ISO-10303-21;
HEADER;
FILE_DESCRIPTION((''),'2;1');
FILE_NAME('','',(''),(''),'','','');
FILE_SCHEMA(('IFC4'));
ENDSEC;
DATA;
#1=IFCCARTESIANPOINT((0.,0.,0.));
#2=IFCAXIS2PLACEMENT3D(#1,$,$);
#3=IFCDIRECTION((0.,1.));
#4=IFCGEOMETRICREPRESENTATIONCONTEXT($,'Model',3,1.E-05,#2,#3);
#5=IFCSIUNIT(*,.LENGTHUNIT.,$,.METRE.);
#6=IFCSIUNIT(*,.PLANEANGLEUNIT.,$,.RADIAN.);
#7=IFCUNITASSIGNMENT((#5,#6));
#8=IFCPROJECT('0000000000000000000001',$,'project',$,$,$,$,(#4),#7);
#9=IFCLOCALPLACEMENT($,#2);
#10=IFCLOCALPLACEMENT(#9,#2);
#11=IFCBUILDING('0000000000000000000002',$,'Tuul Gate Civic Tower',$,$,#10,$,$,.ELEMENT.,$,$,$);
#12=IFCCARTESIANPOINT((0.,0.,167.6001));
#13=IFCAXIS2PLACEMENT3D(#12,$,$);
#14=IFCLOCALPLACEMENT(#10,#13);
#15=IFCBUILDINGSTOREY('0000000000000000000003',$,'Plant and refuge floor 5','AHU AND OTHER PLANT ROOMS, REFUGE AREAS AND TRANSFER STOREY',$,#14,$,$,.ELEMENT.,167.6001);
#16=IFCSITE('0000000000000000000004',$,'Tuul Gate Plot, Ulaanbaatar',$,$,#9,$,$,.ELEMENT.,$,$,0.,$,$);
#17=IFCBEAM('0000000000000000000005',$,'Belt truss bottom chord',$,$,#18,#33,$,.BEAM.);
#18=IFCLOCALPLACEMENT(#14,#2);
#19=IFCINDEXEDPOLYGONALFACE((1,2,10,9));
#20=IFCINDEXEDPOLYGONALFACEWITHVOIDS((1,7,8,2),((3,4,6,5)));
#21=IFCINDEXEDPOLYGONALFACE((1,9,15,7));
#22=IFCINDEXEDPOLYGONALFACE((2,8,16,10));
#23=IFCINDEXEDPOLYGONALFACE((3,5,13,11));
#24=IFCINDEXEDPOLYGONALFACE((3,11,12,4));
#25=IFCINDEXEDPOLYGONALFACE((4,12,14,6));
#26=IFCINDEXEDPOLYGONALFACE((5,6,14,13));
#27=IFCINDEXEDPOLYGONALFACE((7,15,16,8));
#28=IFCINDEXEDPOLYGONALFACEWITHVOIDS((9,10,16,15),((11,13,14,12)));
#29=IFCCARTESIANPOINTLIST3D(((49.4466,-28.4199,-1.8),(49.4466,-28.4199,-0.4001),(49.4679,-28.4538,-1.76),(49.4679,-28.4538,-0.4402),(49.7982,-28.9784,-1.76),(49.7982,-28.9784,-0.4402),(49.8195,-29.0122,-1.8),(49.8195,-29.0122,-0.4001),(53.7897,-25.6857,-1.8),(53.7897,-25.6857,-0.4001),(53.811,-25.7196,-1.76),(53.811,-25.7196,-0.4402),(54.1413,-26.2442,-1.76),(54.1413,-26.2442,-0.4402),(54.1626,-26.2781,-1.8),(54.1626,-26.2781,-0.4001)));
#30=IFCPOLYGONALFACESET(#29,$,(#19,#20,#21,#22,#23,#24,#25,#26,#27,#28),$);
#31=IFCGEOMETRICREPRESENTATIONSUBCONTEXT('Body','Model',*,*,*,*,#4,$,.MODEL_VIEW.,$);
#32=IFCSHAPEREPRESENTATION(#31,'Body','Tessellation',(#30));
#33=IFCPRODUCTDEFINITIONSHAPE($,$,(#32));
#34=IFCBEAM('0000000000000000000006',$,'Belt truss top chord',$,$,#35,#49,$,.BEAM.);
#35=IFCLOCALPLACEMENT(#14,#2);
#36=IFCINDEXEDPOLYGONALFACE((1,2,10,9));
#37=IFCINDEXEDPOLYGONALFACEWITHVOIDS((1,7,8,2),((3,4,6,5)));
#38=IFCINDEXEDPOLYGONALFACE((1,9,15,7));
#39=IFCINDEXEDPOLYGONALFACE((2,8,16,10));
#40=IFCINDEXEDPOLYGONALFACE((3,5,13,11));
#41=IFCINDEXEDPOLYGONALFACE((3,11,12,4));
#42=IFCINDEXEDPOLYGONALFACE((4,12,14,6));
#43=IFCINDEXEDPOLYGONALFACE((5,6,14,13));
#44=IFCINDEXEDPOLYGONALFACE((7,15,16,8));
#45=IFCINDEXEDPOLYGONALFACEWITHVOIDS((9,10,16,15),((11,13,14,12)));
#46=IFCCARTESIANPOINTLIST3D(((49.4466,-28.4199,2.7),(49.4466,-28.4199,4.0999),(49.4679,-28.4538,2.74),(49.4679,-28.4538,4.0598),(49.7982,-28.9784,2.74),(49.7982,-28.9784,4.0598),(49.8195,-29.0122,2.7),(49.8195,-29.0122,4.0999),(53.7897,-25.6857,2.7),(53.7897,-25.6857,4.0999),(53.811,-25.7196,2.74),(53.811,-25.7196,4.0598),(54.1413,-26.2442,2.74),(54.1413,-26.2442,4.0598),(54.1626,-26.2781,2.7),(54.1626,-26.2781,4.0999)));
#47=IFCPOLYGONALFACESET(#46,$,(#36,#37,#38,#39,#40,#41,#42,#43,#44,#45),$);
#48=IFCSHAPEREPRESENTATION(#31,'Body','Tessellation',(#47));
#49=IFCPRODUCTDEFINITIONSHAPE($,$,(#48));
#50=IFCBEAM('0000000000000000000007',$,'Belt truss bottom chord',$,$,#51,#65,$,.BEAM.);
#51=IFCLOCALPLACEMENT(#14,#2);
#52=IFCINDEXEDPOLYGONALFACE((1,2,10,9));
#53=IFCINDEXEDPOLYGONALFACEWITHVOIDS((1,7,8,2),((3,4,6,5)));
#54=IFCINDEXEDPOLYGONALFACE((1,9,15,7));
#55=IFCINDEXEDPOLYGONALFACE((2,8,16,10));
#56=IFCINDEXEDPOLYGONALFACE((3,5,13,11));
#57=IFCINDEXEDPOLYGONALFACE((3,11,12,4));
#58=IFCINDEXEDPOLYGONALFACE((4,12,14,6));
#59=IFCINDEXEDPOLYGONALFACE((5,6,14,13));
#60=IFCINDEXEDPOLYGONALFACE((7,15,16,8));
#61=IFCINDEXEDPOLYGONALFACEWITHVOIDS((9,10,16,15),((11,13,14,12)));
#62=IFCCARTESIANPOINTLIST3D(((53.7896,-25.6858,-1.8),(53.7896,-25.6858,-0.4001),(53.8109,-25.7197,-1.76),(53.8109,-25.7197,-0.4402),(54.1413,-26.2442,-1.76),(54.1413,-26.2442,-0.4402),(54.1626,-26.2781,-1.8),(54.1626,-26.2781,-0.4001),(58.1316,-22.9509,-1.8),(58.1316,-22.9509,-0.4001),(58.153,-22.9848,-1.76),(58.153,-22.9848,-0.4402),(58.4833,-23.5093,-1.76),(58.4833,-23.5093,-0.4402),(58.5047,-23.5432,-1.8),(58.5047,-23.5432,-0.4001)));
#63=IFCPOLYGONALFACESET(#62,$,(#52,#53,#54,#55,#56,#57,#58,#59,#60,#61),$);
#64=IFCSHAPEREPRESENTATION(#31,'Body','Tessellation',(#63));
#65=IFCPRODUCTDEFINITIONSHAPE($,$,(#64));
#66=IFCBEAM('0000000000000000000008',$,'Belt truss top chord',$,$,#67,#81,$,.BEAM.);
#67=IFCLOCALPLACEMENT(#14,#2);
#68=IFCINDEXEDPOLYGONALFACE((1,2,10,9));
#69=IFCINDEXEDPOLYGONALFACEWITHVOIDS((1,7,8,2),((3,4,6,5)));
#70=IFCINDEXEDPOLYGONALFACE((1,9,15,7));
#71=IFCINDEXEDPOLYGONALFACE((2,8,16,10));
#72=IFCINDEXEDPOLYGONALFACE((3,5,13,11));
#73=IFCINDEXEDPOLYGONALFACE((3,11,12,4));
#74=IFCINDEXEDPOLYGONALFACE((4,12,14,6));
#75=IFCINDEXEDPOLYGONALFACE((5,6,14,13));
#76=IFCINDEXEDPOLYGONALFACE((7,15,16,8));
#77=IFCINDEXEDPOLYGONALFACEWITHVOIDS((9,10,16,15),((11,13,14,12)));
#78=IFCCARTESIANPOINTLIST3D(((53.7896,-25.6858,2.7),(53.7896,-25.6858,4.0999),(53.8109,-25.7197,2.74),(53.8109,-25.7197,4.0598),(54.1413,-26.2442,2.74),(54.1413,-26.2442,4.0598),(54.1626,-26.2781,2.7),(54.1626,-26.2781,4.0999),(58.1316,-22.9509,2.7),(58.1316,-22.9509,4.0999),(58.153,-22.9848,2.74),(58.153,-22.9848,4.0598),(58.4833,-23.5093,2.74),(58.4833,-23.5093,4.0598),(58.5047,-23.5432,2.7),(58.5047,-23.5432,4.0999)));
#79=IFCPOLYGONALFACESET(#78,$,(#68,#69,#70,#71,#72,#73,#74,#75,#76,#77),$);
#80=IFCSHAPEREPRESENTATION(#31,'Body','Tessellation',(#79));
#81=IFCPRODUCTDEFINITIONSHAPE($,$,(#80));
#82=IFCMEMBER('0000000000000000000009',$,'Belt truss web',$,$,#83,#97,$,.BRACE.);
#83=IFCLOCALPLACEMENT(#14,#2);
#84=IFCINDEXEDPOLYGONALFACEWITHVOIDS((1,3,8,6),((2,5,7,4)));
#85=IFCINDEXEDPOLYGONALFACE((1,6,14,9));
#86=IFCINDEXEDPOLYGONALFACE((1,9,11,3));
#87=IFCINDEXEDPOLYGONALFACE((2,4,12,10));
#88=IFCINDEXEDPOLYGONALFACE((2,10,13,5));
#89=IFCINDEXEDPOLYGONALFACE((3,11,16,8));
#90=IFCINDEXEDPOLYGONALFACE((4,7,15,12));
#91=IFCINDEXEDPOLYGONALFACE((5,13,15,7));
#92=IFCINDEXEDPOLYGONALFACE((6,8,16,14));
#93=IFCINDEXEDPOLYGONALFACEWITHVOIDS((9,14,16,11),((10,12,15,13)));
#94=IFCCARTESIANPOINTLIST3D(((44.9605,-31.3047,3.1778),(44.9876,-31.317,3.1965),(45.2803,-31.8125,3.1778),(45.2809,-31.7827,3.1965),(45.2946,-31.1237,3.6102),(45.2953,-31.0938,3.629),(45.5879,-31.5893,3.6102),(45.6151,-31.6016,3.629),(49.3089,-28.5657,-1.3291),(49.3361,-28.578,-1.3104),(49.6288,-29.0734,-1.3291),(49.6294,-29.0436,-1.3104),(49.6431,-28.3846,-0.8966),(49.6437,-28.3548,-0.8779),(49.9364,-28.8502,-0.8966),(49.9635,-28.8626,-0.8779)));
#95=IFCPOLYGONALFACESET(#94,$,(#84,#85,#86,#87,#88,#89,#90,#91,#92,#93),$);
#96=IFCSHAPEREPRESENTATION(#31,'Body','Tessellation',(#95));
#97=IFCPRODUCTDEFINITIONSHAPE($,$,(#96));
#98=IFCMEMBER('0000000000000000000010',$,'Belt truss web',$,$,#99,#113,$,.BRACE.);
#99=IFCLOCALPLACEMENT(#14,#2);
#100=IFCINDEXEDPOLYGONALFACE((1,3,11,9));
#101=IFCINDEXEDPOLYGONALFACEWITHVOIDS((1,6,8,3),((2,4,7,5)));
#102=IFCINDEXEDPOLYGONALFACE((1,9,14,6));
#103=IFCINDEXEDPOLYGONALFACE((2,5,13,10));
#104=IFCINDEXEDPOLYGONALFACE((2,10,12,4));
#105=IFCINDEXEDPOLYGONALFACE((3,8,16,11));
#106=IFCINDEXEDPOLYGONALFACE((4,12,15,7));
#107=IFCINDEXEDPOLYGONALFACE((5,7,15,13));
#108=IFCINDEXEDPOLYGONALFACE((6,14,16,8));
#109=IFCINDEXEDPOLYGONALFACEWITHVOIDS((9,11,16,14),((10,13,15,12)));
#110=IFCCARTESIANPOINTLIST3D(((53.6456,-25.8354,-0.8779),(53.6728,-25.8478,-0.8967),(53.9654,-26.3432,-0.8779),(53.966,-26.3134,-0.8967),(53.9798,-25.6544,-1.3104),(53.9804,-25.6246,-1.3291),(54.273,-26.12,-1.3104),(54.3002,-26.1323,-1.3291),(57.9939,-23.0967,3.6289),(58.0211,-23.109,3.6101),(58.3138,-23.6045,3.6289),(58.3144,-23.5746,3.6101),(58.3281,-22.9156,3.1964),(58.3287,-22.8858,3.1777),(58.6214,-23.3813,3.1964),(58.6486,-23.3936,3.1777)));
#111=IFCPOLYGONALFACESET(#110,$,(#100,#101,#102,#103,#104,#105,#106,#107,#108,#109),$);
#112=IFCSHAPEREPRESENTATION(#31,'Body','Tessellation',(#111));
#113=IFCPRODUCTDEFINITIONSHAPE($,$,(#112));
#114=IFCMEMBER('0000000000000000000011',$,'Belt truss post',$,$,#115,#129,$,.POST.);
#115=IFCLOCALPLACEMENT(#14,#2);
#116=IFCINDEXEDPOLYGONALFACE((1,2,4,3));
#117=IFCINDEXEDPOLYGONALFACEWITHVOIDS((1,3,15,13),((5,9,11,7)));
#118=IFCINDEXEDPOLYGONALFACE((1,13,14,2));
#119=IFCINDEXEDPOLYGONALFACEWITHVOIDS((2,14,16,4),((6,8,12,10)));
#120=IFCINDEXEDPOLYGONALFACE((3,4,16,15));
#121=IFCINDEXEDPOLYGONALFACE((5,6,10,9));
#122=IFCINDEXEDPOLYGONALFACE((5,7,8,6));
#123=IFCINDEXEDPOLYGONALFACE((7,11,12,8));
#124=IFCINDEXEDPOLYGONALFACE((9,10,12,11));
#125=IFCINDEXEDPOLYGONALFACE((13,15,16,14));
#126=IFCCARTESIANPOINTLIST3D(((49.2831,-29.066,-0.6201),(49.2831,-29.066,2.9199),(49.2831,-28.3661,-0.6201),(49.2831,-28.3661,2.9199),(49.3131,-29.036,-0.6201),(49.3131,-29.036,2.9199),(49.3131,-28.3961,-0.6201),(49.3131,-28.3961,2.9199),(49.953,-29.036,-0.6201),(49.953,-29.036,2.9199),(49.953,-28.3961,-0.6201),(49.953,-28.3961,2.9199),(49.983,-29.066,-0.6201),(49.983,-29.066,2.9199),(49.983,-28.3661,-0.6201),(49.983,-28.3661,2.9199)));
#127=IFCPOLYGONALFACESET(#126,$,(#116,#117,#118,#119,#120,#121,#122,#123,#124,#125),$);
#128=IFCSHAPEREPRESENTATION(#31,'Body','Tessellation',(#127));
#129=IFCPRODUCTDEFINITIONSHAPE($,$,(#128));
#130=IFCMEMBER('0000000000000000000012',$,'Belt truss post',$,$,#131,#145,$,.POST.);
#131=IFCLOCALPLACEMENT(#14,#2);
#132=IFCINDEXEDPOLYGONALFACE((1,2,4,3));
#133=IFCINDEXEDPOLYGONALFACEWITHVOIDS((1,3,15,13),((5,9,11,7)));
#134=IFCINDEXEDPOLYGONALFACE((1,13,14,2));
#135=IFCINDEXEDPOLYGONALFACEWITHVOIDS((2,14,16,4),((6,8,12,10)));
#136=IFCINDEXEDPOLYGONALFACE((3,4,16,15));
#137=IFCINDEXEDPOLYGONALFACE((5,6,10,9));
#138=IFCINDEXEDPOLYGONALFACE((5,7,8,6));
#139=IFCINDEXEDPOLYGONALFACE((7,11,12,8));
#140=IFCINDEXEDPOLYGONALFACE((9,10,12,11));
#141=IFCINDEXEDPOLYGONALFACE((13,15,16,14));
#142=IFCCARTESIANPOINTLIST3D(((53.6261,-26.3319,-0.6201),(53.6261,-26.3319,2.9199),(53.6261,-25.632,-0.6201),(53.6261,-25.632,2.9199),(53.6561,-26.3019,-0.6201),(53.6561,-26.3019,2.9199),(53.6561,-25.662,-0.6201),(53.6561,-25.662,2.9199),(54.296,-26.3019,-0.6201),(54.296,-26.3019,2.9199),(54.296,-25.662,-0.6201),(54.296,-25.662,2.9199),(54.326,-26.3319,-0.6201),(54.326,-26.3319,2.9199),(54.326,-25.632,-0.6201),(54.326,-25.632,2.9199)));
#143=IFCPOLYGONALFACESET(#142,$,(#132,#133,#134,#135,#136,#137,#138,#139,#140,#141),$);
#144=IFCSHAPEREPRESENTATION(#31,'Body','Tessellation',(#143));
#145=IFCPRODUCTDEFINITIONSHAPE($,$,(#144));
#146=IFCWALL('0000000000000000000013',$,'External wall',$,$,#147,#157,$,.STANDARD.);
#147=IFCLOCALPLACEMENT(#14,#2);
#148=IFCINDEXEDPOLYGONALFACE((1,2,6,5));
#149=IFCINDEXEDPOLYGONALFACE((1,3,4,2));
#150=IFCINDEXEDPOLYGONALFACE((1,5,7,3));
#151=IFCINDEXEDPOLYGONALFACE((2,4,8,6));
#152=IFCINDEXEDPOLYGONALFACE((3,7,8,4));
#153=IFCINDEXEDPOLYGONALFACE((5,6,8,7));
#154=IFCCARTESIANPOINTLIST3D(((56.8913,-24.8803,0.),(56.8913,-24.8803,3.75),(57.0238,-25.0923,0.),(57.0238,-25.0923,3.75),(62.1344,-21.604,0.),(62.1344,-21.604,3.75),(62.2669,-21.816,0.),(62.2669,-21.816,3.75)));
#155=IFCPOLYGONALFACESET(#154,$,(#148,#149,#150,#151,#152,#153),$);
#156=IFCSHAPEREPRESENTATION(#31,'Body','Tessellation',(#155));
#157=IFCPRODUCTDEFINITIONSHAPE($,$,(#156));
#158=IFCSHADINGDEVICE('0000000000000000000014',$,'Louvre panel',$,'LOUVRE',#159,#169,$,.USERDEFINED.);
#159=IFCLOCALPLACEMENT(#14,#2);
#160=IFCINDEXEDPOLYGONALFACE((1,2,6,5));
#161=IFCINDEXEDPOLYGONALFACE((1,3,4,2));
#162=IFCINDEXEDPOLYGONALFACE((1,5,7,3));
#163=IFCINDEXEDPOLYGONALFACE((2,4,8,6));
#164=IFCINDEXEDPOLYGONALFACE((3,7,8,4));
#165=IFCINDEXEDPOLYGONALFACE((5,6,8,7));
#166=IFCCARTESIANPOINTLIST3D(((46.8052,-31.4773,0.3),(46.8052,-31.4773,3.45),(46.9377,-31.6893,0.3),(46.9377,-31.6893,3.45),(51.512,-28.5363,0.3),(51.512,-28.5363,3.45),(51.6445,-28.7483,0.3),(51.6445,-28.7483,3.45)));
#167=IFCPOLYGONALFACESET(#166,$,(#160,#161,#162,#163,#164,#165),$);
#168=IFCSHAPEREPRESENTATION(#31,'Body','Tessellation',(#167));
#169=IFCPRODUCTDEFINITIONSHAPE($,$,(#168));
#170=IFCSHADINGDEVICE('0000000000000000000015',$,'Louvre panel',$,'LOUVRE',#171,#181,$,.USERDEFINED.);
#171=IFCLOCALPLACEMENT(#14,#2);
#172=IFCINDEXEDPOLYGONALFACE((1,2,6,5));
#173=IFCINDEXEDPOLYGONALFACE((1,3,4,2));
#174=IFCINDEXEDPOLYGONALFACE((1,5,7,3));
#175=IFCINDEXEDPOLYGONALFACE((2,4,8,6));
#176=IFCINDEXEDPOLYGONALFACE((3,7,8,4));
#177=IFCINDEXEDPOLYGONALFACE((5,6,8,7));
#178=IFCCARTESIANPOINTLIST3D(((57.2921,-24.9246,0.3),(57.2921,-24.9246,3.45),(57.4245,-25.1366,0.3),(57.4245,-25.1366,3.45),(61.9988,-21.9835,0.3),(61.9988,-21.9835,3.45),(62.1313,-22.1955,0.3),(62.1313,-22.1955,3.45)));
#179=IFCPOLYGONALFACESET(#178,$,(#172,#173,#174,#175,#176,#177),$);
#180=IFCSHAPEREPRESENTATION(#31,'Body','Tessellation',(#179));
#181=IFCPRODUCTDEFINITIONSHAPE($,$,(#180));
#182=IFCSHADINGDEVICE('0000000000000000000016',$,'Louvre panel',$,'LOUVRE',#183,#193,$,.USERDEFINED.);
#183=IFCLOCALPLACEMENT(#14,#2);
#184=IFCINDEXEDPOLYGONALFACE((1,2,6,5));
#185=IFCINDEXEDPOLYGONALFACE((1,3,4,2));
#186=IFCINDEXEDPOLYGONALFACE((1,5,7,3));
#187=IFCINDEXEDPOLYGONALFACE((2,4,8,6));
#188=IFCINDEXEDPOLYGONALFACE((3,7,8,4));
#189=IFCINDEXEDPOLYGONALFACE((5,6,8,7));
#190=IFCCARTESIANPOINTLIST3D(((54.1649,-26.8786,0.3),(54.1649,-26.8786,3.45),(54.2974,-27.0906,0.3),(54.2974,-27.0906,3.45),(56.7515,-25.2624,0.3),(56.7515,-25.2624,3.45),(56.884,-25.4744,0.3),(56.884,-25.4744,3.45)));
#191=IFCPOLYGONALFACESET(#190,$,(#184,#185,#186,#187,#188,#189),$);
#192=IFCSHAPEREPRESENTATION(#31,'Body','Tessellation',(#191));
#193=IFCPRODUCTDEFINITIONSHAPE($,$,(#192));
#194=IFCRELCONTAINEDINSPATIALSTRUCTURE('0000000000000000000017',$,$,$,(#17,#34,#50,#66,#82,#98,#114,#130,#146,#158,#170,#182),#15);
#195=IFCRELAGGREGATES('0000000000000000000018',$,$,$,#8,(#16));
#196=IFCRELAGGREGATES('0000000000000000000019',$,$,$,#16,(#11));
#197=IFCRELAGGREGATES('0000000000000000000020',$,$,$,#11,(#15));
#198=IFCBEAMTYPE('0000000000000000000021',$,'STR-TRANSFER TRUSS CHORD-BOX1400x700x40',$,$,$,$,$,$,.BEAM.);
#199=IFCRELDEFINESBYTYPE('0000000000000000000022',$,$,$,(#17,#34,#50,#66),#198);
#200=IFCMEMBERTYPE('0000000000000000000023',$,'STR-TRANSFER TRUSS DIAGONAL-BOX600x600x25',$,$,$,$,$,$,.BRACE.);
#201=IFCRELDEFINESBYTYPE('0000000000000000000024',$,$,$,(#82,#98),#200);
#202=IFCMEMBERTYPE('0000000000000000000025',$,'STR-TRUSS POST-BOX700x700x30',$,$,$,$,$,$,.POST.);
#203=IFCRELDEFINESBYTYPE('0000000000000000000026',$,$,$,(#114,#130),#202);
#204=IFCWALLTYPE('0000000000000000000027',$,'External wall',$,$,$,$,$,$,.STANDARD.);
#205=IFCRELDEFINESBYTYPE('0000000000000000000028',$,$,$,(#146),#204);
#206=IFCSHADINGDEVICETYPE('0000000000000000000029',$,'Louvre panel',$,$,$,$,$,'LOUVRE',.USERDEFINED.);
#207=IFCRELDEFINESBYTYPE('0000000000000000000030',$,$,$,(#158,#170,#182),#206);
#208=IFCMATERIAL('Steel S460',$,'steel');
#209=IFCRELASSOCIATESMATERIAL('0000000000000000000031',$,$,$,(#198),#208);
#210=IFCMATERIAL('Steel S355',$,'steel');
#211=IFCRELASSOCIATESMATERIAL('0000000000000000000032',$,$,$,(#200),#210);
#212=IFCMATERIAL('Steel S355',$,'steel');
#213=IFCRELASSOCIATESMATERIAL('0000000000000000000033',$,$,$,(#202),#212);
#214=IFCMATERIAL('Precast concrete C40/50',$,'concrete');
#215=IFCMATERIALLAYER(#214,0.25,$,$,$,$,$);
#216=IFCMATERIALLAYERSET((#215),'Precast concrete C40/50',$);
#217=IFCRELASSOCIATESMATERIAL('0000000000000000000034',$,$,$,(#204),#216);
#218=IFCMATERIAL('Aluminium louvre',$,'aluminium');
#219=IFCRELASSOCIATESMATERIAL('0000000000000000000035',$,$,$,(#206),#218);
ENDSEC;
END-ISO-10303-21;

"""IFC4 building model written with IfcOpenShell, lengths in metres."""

from ifc_helpers import new_model, si_unit, direction, frame, frame_2d, origin, origin_2d, place, context, subcontext, project, spatial, rectangle, hollow_rectangle, extrude, material, layer, layer_set, material_profile, profile_set, type_object, element, save


model = new_model("IFC4")

# Units and contexts
model_context = context("Model", 3, precision=1e-05, world=origin(), true_north=direction((0.0, 1.0)))
body_context = subcontext(model_context, "Body", "Model", "MODEL_VIEW")
ifc_project = project(units=[si_unit("LENGTHUNIT", "METRE"), si_unit("PLANEANGLEUNIT", "RADIAN")], contexts=[model_context])

# Site, building, storey
site_placement = place(None, origin())
site = spatial("IfcSite", under=ifc_project, at=site_placement, Name="Tuul Gate Plot, Ulaanbaatar", CompositionType="ELEMENT", RefElevation=0.0)
building_placement = place(site_placement, origin())
building = spatial("IfcBuilding", under=site, at=building_placement, Name="Tuul Gate Civic Tower", CompositionType="ELEMENT")
storey_placement = place(building_placement, frame((0.0, 0.0, 167.6001)))
storey = spatial("IfcBuildingStorey", under=building, at=storey_placement, Name="Plant and refuge floor 5", Description="AHU AND OTHER PLANT ROOMS, REFUGE AREAS AND TRANSFER STOREY", CompositionType="ELEMENT", Elevation=167.6001)

# Beams
ifc_material_1 = material(Name="Steel S460", Category="steel")
ifc_material_profile_1 = material_profile(ifc_material_1, hollow_rectangle(XDim=0.7, YDim=1.3999, WallThickness=0.04, at=origin_2d()), Name="BOX1400x700x40")
ifc_profile_set_1 = profile_set([ifc_material_profile_1], Name="Steel S460")
beam_type_1 = type_object("IfcBeamType", Name="STR-TRANSFER TRUSS CHORD-BOX1400x700x40", PredefinedType="BEAM", material=ifc_profile_set_1)
for number, where, z_axis, x_axis, name in (
    (1, (49.6331, -28.7161, -1.1001), (0.846265, 0.532763, 0.0), (-0.532763, 0.846265, 0.0), "Belt truss bottom chord"),
    (2, (49.6331, -28.7161, 3.3999), (0.846265, 0.532763, 0.0), (-0.532763, 0.846265, 0.0), "Belt truss top chord"),
):
    element("IfcBeam", number, at=place(storey_placement, frame(where, z_axis=z_axis, x_axis=x_axis)), inside=storey, type_object=beam_type_1, Name=name, PredefinedType="BEAM", context=body_context, shape_type="SweptSolid", body=[
        extrude(hollow_rectangle(XDim=0.7, YDim=1.3999, WallThickness=0.04, at=origin_2d()), origin(), (0.0, 0.0, 1.0), 5.1321),
    ])
for number, where, z_axis, x_axis, name in (
    (3, (53.9761, -25.9819, -1.1001), (0.846146, 0.532951, 0.0), (-0.532951, 0.846146, 0.0), "Belt truss bottom chord"),
    (4, (53.9761, -25.9819, 3.3999), (0.846146, 0.532951, 0.0), (-0.532951, 0.846146, 0.0), "Belt truss top chord"),
):
    element("IfcBeam", number, at=place(storey_placement, frame(where, z_axis=z_axis, x_axis=x_axis)), inside=storey, type_object=beam_type_1, Name=name, PredefinedType="BEAM", context=body_context, shape_type="SweptSolid", body=[
        extrude(hollow_rectangle(XDim=0.7, YDim=1.3999, WallThickness=0.04, at=origin_2d()), origin(), (0.0, 0.0, 1.0), 5.1316),
    ])

# Members
ifc_material_2 = material(Name="Steel S355", Category="steel")
ifc_material_profile_2 = material_profile(ifc_material_2, hollow_rectangle(XDim=0.6001, YDim=0.6001, WallThickness=0.0249, at=origin_2d()), Name="BOX600x600x25")
ifc_profile_set_2 = profile_set([ifc_material_profile_2], Name="Steel S355")
member_type_1 = type_object("IfcMemberType", Name="STR-TRANSFER TRUSS DIAGONAL-BOX600x600x25", PredefinedType="BRACE", material=ifc_profile_set_2)
member_1_placement = place(storey_placement, frame((49.6362, -28.7141, -1.1035), z_axis=(-0.63616, -0.400712, 0.659341), x_axis=(0.532972, -0.846133, 0.0)))
element("IfcMember", 5, at=member_1_placement, inside=storey, type_object=member_type_1, Name="Belt truss web", PredefinedType="BRACE", context=body_context, shape_type="SweptSolid", body=[
    extrude(hollow_rectangle(XDim=0.6001, YDim=0.6001, WallThickness=0.0249, at=origin_2d()), origin(), (0.0, 0.0, 1.0), 6.8354),
])
member_2_placement = place(storey_placement, frame((53.9729, -25.9839, -1.1035), z_axis=(0.636169, 0.400682, 0.65935), x_axis=(-0.532938, 0.846154, 0.0)))
element("IfcMember", 6, at=member_2_placement, inside=storey, type_object=member_type_1, Name="Belt truss web", PredefinedType="BRACE", context=body_context, shape_type="SweptSolid", body=[
    extrude(hollow_rectangle(XDim=0.6001, YDim=0.6001, WallThickness=0.0249, at=origin_2d()), origin(), (0.0, 0.0, 1.0), 6.8352),
])
ifc_material_3 = material(Name="Steel S355", Category="steel")
ifc_material_profile_3 = material_profile(ifc_material_3, hollow_rectangle(XDim=0.7, YDim=0.7, WallThickness=0.03, at=origin_2d()), Name="BOX700x700x30")
ifc_profile_set_3 = profile_set([ifc_material_profile_3], Name="Steel S355")
member_type_2 = type_object("IfcMemberType", Name="STR-TRUSS POST-BOX700x700x30", PredefinedType="POST", material=ifc_profile_set_3)
for number, where, z_axis, x_axis, name in (
    (7, (49.6331, -28.7161, -0.6201), (0.0, 0.0, 1.0), (1.0, 0.0, 0.0), "Belt truss post"),
    (8, (53.9761, -25.9819, -0.6201), (0.0, 0.0, 1.0), (1.0, 0.0, 0.0), "Belt truss post"),
):
    element("IfcMember", number, at=place(storey_placement, frame(where, z_axis=z_axis, x_axis=x_axis)), inside=storey, type_object=member_type_2, Name=name, PredefinedType="POST", context=body_context, shape_type="SweptSolid", body=[
        extrude(hollow_rectangle(XDim=0.7, YDim=0.7, WallThickness=0.03, at=origin_2d()), origin(), (0.0, 0.0, 1.0), 3.54),
    ])

# Shared definitions
ifc_material_4 = material(Name="Precast concrete C40/50", Category="concrete")
ifc_layer = layer(ifc_material_4, 0.25)
ifc_layer_set = layer_set([ifc_layer], Name="Precast concrete C40/50")
wall_type = type_object("IfcWallType", Name="External wall", PredefinedType="STANDARD", material=ifc_layer_set)

# Wall
wall_1_placement = place(storey_placement, frame((56.9575, -24.9863, 0.0), z_axis=(0.0, 0.0, 1.0), x_axis=(0.848043, 0.529928, 0.0)))
element("IfcWall", 9, at=wall_1_placement, inside=storey, type_object=wall_type, Name="External wall", PredefinedType="STANDARD", context=body_context, shape_type="SweptSolid", body=[
    extrude(rectangle(XDim=6.1826, YDim=0.25, at=frame_2d((3.0913, 0.0))), origin(), (0.0, 0.0, 1.0), 3.75),
])

# Shading devices
ifc_material_5 = material(Name="Aluminium louvre", Category="aluminium")
shading_device_type = type_object("IfcShadingDeviceType", Name="Louvre panel", ElementType="LOUVRE", PredefinedType="USERDEFINED", material=ifc_material_5)
for number, where, z_axis, x_axis, name in (
    (10, (49.2249, -30.1128, 0.3), (0.0, 0.0, 1.0), (0.529912, -0.848053, 0.0), "Louvre panel"),
    (11, (59.7117, -23.5601, 0.3), (0.0, 0.0, 1.0), (0.529912, -0.848053, 0.0), "Louvre panel"),
):
    element("IfcShadingDevice", number, at=place(storey_placement, frame(where, z_axis=z_axis, x_axis=x_axis)), inside=storey, type_object=shading_device_type, Name=name, ObjectType="LOUVRE", PredefinedType="USERDEFINED", context=body_context, shape_type="SweptSolid", body=[
        extrude(rectangle(XDim=0.25, YDim=5.55, at=origin_2d()), origin(), (0.0, 0.0, 1.0), 3.1499),
    ])
shading_device_placement = place(storey_placement, frame((55.5244, -26.1765, 0.3), z_axis=(0.0, 0.0, 1.0), x_axis=(0.529912, -0.848053, 0.0)))
element("IfcShadingDevice", 12, at=shading_device_placement, inside=storey, type_object=shading_device_type, Name="Louvre panel", ObjectType="LOUVRE", PredefinedType="USERDEFINED", context=body_context, shape_type="SweptSolid", body=[
    extrude(rectangle(XDim=0.25, YDim=3.05, at=origin_2d()), origin(), (0.0, 0.0, 1.0), 3.1499),
])

save(model, "model.ifc")
